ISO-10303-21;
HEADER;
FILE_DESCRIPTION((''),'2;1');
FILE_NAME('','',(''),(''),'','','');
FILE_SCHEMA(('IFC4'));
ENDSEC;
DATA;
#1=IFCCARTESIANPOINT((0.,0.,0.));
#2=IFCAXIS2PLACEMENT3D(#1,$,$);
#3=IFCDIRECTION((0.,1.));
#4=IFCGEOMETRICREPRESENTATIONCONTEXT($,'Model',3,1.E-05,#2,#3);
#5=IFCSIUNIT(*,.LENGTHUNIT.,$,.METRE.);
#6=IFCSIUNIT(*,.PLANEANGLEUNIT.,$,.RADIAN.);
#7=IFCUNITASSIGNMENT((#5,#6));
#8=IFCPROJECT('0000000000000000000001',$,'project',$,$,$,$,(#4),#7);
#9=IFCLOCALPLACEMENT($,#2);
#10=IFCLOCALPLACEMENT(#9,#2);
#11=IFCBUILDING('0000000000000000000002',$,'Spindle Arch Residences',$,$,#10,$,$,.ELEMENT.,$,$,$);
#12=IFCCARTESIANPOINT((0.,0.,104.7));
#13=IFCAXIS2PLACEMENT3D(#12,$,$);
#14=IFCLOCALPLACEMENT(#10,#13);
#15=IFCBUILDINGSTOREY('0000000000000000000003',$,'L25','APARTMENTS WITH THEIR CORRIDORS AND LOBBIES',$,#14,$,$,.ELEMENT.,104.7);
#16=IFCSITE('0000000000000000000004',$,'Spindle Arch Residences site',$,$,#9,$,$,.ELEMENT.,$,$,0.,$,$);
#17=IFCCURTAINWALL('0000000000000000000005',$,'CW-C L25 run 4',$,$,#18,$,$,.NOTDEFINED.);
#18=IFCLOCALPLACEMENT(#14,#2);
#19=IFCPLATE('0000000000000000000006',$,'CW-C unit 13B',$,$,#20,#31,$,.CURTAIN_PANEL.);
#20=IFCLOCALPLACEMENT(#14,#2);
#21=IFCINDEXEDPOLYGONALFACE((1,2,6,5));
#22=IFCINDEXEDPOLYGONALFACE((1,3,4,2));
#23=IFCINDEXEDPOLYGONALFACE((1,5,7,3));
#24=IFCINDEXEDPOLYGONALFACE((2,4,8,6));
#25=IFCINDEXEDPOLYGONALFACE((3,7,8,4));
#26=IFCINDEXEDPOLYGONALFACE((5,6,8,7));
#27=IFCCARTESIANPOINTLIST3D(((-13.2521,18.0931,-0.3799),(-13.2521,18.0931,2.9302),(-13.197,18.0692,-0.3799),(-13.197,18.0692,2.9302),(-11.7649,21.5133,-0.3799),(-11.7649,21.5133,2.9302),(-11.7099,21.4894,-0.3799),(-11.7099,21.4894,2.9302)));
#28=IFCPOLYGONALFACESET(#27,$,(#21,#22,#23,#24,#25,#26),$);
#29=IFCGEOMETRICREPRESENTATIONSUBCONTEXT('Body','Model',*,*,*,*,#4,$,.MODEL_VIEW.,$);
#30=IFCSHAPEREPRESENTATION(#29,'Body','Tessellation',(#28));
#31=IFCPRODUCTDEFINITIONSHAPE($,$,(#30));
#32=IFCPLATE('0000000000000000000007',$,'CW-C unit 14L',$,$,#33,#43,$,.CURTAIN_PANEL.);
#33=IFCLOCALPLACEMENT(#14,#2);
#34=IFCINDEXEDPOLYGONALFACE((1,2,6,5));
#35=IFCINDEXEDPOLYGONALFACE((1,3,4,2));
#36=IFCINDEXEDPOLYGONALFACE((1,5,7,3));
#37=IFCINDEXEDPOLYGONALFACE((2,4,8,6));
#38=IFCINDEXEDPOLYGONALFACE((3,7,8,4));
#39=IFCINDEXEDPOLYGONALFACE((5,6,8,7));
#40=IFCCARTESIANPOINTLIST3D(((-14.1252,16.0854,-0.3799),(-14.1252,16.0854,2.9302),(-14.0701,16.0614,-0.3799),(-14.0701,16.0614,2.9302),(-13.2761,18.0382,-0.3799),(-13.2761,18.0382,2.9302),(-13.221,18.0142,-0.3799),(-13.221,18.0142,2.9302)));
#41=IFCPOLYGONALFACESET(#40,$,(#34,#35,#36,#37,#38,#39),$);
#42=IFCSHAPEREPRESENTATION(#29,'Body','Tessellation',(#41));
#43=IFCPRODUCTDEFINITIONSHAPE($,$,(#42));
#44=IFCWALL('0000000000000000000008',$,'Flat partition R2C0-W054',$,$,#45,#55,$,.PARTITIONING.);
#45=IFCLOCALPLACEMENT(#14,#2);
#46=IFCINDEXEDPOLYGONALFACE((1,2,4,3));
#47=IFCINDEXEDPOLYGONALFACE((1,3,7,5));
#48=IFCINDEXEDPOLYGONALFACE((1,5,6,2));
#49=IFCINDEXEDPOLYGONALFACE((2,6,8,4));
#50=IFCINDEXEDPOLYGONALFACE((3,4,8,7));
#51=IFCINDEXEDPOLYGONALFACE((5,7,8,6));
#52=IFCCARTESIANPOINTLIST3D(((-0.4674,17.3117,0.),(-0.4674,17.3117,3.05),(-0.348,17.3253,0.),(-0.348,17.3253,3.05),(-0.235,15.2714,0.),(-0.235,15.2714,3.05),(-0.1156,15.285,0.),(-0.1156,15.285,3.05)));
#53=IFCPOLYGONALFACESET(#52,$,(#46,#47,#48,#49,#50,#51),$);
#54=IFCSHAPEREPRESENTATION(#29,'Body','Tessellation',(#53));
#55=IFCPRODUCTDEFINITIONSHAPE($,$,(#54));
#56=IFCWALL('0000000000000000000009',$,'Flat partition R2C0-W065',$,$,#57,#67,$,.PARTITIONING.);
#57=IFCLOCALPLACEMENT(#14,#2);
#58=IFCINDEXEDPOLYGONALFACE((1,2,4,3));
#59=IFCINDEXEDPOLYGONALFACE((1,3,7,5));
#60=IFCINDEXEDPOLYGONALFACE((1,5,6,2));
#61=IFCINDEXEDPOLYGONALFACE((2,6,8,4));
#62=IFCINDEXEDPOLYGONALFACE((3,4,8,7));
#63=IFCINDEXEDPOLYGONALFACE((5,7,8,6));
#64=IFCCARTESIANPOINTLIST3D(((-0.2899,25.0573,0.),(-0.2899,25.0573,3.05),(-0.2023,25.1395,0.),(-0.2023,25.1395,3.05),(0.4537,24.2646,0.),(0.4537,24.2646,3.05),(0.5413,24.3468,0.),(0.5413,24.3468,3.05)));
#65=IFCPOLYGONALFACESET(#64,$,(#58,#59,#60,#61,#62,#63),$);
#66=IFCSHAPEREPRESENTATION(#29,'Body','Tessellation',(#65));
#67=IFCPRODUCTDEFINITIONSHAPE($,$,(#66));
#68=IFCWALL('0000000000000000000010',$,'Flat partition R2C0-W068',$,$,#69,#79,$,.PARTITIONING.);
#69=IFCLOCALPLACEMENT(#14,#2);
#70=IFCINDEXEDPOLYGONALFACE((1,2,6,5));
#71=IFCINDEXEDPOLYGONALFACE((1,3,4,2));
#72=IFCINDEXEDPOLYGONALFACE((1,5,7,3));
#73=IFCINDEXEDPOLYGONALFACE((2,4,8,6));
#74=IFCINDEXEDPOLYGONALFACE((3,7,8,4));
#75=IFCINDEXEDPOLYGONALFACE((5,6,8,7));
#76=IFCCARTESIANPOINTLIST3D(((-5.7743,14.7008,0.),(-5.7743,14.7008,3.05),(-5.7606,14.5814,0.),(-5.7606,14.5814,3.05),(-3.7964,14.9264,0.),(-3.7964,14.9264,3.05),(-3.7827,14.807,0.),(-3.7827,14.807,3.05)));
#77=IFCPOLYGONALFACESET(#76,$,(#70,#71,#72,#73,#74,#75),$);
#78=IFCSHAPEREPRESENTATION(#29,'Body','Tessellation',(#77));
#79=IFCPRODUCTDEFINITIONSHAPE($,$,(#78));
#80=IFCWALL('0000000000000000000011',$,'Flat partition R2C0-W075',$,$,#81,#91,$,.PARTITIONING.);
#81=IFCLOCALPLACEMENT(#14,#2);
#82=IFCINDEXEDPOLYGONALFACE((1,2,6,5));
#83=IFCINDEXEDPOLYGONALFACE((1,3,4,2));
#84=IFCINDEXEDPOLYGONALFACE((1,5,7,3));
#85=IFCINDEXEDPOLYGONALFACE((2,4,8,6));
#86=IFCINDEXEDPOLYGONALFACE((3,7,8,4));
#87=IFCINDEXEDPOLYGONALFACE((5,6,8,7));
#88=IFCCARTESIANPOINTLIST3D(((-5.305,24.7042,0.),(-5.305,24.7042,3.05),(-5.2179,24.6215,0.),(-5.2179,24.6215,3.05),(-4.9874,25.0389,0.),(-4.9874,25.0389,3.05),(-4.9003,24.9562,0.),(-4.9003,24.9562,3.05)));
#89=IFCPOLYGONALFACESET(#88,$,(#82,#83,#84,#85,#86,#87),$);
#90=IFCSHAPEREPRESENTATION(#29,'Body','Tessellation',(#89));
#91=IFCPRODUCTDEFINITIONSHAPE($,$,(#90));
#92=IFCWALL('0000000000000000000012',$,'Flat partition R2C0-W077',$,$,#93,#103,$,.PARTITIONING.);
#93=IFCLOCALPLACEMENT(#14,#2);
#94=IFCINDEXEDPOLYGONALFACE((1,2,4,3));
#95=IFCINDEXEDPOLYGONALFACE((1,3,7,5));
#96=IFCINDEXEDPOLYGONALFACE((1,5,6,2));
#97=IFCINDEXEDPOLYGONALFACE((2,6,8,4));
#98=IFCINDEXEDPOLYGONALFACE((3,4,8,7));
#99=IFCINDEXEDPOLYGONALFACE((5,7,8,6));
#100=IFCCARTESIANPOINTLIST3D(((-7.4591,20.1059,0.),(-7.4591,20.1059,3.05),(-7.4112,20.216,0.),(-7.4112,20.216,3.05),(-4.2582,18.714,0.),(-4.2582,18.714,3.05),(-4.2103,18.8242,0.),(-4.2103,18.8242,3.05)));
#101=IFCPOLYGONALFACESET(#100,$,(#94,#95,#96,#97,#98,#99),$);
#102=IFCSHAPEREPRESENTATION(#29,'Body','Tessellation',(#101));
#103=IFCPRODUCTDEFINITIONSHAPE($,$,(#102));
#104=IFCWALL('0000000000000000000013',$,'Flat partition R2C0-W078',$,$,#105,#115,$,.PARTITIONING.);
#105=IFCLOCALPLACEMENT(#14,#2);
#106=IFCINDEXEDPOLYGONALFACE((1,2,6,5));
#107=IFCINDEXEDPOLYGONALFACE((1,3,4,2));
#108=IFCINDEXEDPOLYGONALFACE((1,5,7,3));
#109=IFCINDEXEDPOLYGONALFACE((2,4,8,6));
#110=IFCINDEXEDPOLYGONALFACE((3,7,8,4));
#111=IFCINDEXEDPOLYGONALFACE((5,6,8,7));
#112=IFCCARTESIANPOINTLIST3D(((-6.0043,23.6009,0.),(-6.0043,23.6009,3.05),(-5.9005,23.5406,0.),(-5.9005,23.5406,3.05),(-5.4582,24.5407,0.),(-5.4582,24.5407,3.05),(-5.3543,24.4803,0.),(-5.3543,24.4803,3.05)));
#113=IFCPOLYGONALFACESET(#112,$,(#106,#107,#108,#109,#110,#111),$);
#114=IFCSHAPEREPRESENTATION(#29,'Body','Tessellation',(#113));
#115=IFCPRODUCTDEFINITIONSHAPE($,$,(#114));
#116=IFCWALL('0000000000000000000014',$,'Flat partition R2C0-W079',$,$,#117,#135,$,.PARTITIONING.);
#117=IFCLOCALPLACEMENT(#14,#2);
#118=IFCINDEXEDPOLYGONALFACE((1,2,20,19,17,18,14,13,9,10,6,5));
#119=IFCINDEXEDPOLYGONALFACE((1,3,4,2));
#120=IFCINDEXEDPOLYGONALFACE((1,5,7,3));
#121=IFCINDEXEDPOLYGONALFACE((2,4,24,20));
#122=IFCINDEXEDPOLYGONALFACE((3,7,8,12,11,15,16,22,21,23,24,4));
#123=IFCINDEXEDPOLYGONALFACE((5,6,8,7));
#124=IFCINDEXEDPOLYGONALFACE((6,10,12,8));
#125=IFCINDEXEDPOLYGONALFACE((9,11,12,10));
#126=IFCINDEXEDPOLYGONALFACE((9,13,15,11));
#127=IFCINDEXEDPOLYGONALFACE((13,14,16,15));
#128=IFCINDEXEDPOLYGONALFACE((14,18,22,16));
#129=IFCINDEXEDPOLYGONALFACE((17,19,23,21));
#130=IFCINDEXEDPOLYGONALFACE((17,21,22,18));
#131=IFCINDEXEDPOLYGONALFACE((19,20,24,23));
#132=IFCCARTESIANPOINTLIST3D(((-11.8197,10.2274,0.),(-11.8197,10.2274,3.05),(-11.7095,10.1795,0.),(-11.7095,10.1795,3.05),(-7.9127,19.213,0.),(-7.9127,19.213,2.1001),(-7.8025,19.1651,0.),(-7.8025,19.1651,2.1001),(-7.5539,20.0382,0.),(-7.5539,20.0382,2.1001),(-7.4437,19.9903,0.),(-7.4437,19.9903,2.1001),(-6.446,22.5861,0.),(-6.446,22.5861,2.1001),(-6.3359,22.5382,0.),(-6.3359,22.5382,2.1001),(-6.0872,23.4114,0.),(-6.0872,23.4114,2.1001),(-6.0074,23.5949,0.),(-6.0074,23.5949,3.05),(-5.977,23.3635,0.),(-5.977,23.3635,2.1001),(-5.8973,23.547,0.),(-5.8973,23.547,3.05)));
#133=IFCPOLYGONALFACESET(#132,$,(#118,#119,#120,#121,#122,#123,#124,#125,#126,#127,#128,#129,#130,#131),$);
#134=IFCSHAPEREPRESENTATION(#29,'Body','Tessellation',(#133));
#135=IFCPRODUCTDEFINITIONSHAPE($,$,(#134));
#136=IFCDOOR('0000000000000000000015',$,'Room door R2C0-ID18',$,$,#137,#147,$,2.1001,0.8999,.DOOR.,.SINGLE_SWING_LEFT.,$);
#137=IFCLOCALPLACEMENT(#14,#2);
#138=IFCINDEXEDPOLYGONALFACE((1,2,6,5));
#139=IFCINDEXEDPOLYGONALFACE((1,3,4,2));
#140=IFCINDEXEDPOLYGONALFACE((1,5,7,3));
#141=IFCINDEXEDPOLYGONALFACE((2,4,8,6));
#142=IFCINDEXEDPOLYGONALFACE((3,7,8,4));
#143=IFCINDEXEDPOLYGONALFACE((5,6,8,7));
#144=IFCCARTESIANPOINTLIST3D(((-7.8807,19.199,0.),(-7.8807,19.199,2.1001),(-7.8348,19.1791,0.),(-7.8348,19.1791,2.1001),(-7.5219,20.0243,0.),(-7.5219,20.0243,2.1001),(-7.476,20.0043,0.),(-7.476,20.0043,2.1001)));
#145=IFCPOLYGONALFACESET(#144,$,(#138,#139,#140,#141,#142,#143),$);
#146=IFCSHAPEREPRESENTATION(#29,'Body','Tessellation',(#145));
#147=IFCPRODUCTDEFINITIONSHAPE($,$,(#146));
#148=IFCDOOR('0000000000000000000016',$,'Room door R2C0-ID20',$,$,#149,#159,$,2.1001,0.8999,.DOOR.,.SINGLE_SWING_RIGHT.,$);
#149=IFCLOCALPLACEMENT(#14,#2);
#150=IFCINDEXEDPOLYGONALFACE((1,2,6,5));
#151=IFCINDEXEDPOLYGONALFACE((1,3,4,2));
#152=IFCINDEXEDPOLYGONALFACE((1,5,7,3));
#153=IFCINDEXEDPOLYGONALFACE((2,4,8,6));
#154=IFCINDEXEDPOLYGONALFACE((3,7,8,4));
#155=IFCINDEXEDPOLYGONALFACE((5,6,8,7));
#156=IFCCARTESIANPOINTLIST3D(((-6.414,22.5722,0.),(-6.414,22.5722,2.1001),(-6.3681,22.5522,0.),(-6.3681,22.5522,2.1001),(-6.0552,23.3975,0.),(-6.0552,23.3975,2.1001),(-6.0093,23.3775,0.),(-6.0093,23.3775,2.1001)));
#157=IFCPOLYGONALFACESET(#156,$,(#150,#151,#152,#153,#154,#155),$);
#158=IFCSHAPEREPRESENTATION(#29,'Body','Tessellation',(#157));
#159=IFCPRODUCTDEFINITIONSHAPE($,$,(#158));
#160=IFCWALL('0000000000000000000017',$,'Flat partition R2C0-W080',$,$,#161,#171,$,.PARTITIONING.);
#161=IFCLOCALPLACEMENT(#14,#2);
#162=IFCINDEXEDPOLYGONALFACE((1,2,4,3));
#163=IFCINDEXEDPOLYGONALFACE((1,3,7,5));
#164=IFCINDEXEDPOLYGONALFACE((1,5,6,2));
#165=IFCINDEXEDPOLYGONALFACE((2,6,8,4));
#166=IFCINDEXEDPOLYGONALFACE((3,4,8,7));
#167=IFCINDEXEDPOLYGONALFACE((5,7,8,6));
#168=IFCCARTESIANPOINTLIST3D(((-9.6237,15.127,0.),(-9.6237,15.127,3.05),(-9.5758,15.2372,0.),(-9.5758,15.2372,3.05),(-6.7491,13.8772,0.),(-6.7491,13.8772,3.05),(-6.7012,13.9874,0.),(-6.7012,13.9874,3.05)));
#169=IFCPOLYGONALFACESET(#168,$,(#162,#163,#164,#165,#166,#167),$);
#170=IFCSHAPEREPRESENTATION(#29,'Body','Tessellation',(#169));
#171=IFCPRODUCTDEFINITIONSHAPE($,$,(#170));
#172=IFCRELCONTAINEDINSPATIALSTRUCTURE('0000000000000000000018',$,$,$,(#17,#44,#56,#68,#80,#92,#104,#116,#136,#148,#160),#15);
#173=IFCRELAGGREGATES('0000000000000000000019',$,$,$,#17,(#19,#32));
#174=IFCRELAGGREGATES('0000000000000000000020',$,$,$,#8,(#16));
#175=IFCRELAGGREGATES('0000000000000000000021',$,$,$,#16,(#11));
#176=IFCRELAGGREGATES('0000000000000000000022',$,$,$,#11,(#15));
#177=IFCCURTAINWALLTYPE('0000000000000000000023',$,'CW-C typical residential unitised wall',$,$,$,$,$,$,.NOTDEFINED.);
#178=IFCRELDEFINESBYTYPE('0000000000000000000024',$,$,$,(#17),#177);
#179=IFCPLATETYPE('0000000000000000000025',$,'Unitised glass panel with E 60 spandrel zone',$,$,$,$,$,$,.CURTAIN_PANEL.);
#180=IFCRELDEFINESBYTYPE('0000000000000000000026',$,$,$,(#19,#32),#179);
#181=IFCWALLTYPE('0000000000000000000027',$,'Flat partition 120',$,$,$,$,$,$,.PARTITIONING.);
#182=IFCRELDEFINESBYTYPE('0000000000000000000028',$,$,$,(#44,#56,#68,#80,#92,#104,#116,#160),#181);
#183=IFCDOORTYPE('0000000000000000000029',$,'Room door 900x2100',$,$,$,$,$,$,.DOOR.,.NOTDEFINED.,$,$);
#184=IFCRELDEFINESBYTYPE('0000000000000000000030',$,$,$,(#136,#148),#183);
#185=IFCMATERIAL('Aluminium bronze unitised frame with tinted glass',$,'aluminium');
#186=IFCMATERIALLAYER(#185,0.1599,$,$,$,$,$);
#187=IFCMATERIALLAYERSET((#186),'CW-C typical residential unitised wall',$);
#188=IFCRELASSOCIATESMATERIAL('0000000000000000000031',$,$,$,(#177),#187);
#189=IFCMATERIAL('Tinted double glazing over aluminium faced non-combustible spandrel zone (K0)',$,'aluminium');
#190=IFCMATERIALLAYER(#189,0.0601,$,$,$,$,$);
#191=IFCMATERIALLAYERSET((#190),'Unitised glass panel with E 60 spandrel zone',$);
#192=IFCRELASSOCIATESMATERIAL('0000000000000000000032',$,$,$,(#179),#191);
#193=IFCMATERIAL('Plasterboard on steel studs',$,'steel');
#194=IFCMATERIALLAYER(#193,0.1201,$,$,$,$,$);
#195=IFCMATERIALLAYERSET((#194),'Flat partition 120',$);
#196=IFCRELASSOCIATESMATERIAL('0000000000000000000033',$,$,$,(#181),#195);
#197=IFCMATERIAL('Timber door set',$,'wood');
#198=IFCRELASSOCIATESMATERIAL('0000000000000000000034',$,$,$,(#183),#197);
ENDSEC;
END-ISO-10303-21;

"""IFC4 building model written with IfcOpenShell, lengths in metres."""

from ifc_helpers import new_model, si_unit, direction, frame, frame_2d, origin, origin_2d, place, context, subcontext, project, spatial, rectangle, extrude, material, layer, layer_set, type_object, element, fill, aggregate, save


model = new_model("IFC4")

# Units and contexts
model_context = context("Model", 3, precision=1e-05, world=origin(), true_north=direction((0.0, 1.0)))
body_context = subcontext(model_context, "Body", "Model", "MODEL_VIEW")
ifc_project = project(units=[si_unit("LENGTHUNIT", "METRE"), si_unit("PLANEANGLEUNIT", "RADIAN")], contexts=[model_context])

# Site, building, storey
site_placement = place(None, origin())
site = spatial("IfcSite", under=ifc_project, at=site_placement, Name="Spindle Arch Residences site", CompositionType="ELEMENT", RefElevation=0.0)
building_placement = place(site_placement, origin())
building = spatial("IfcBuilding", under=site, at=building_placement, Name="Spindle Arch Residences", CompositionType="ELEMENT")
storey_placement = place(building_placement, frame((0.0, 0.0, 104.7)))
storey = spatial("IfcBuildingStorey", under=building, at=storey_placement, Name="L25", Description="APARTMENTS WITH THEIR CORRIDORS AND LOBBIES", CompositionType="ELEMENT", Elevation=104.7)

# Curtain wall
ifc_material_1 = material(Name="Aluminium bronze unitised frame with tinted glass", Category="aluminium")
ifc_layer_1 = layer(ifc_material_1, 0.1599)
ifc_layer_set_1 = layer_set([ifc_layer_1], Name="CW-C typical residential unitised wall")
curtain_wall_type_1 = type_object("IfcCurtainWallType", Name="CW-C typical residential unitised wall", PredefinedType="NOTDEFINED", material=ifc_layer_set_1)
curtain_wall_1_placement = place(storey_placement, origin())
curtain_wall_1 = element("IfcCurtainWall", 1, at=curtain_wall_1_placement, inside=storey, type_object=curtain_wall_type_1, Name="CW-C L25 run 4", PredefinedType="NOTDEFINED")

# Shared definitions
ifc_material_2 = material(Name="Tinted double glazing over aluminium faced non-combustible spandrel zone (K0)", Category="aluminium")
ifc_layer_2 = layer(ifc_material_2, 0.0601)
ifc_layer_set_2 = layer_set([ifc_layer_2], Name="Unitised glass panel with E 60 spandrel zone")
plate_type = type_object("IfcPlateType", Name="Unitised glass panel with E 60 spandrel zone", PredefinedType="CURTAIN_PANEL", material=ifc_layer_set_2)

# Plates
plate_1_placement = place(storey_placement, frame((-12.481, 19.7913, -0.3799), z_axis=(0.0, 0.0, 1.0), x_axis=(-0.398749, -0.91706, 0.0)))
plate_1 = element("IfcPlate", 2, at=plate_1_placement, type_object=plate_type, Name="CW-C unit 13B", PredefinedType="CURTAIN_PANEL", context=body_context, shape_type="SweptSolid", body=[
    extrude(rectangle(XDim=3.7295, YDim=0.0601, at=origin_2d()), origin(), (0.0, 0.0, 1.0), 3.3101),
])
plate_2_placement = place(storey_placement, frame((-13.6731, 17.0498, -0.3799), z_axis=(0.0, 0.0, 1.0), x_axis=(-0.398749, -0.91706, 0.0)))
plate_2 = element("IfcPlate", 3, at=plate_2_placement, type_object=plate_type, Name="CW-C unit 14L", PredefinedType="CURTAIN_PANEL", context=body_context, shape_type="SweptSolid", body=[
    extrude(rectangle(XDim=2.1294, YDim=0.0601, at=origin_2d()), origin(), (0.0, 0.0, 1.0), 3.3101),
])
aggregate(curtain_wall_1, [plate_1, plate_2])

# Walls
ifc_material_3 = material(Name="Plasterboard on steel studs", Category="steel")
ifc_layer_3 = layer(ifc_material_3, 0.1201)
ifc_layer_set_3 = layer_set([ifc_layer_3], Name="Flat partition 120")
wall_type_1 = type_object("IfcWallType", Name="Flat partition 120", PredefinedType="PARTITIONING", material=ifc_layer_set_3)
wall_1_placement = place(storey_placement, frame((-0.4077, 17.3186, 0.0), z_axis=(0.0, 0.0, 1.0), x_axis=(0.113184, -0.993574, 0.0)))
element("IfcWall", 4, at=wall_1_placement, inside=storey, type_object=wall_type_1, Name="Flat partition R2C0-W054", PredefinedType="PARTITIONING", context=body_context, shape_type="SweptSolid", body=[
    extrude(rectangle(XDim=2.0535, YDim=0.1201, at=frame_2d((1.0269, 0.0))), origin(), (0.0, 0.0, 1.0), 3.05),
])
wall_2_placement = place(storey_placement, frame((-0.2461, 25.0984, 0.0), z_axis=(0.0, 0.0, 1.0), x_axis=(0.684173, -0.72932, 0.0)))
element("IfcWall", 5, at=wall_2_placement, inside=storey, type_object=wall_type_1, Name="Flat partition R2C0-W065", PredefinedType="PARTITIONING", context=body_context, shape_type="SweptSolid", body=[
    extrude(rectangle(XDim=1.0869, YDim=0.1201, at=frame_2d((0.5435, 0.0))), origin(), (0.0, 0.0, 1.0), 3.05),
])
wall_3_placement = place(storey_placement, frame((-3.7896, 14.8667, 0.0), z_axis=(0.0, 0.0, 1.0), x_axis=(-0.993558, -0.113325, 0.0)))
element("IfcWall", 6, at=wall_3_placement, inside=storey, type_object=wall_type_1, Name="Flat partition R2C0-W068", PredefinedType="PARTITIONING", context=body_context, shape_type="SweptSolid", body=[
    extrude(rectangle(XDim=1.9907, YDim=0.1201, at=frame_2d((0.9954, 0.0))), origin(), (0.0, 0.0, 1.0), 3.05),
])
wall_4_placement = place(storey_placement, frame((-5.2615, 24.6628, 0.0), z_axis=(0.0, 0.0, 1.0), x_axis=(0.688346, 0.725382, 0.0)))
element("IfcWall", 7, at=wall_4_placement, inside=storey, type_object=wall_type_1, Name="Flat partition R2C0-W075", PredefinedType="PARTITIONING", context=body_context, shape_type="SweptSolid", body=[
    extrude(rectangle(XDim=0.4614, YDim=0.1201, at=frame_2d((0.2307, 0.0))), origin(), (0.0, 0.0, 1.0), 3.05),
])
wall_5_placement = place(storey_placement, frame((-7.4351, 20.1609, 0.0), z_axis=(0.0, 0.0, 1.0), x_axis=(0.917056, -0.398759, 0.0)))
element("IfcWall", 8, at=wall_5_placement, inside=storey, type_object=wall_type_1, Name="Flat partition R2C0-W077", PredefinedType="PARTITIONING", context=body_context, shape_type="SweptSolid", body=[
    extrude(rectangle(XDim=3.4905, YDim=0.1201, at=frame_2d((1.7451, 0.0))), origin(), (0.0, 0.0, 1.0), 3.05),
])
wall_6_placement = place(storey_placement, frame((-5.4062, 24.5105, 0.0), z_axis=(0.0, 0.0, 1.0), x_axis=(-0.502488, -0.864584, 0.0)))
element("IfcWall", 9, at=wall_6_placement, inside=storey, type_object=wall_type_1, Name="Flat partition R2C0-W078", PredefinedType="PARTITIONING", context=body_context, shape_type="SweptSolid", body=[
    extrude(rectangle(XDim=1.0869, YDim=0.1201, at=frame_2d((0.5435, 0.0))), origin(), (0.0, 0.0, 1.0), 3.05),
])

# Wall, openings, doors
wall_7_placement = place(storey_placement, frame((-5.9524, 23.5708, 0.0), z_axis=(0.0, 0.0, 1.0), x_axis=(-0.398745, -0.917062, 0.0)))
wall_7 = element("IfcWall", 10, at=wall_7_placement, inside=storey, type_object=wall_type_1, Name="Flat partition R2C0-W079", PredefinedType="PARTITIONING", context=body_context, shape_type="SweptSolid", body=[
    extrude(rectangle(XDim=14.5764, YDim=0.1201, at=frame_2d((7.2881, 0.0))), origin(), (0.0, 0.0, 1.0), 3.05),
])
opening_1_placement = place(wall_7_placement, frame((3.8782, 0.0, 0.0)))
opening_1 = element("IfcOpeningElement", 11, at=opening_1_placement, cuts=wall_7, PredefinedType="OPENING", context=body_context, shape_type="SweptSolid", body=[
    extrude(rectangle(XDim=0.8999, YDim=2.1001, at=frame_2d((0.45, 1.05))), frame((0.0, 0.0701, 0.0), z_axis=(0.0, -1.0, 0.0), x_axis=(1.0, 0.0, 0.0)), (0.0, 0.0, 1.0), 0.1401),
])
opening_2_placement = place(wall_7_placement, frame((0.2, 0.0, 0.0)))
opening_2 = element("IfcOpeningElement", 12, at=opening_2_placement, cuts=wall_7, PredefinedType="OPENING", context=body_context, shape_type="SweptSolid", body=[
    extrude(rectangle(XDim=0.8999, YDim=2.1001, at=frame_2d((0.45, 1.05))), frame((0.0, 0.0701, 0.0), z_axis=(0.0, -1.0, 0.0), x_axis=(1.0, 0.0, 0.0)), (0.0, 0.0, 1.0), 0.1401),
])
ifc_material_4 = material(Name="Timber door set", Category="wood")
door_type_1 = type_object("IfcDoorType", Name="Room door 900x2100", OperationType="NOTDEFINED", PredefinedType="DOOR", material=ifc_material_4)
door_1_placement = place(opening_1_placement, origin())
door_1 = element("IfcDoor", 13, at=door_1_placement, inside=storey, type_object=door_type_1, Name="Room door R2C0-ID18", OperationType="SINGLE_SWING_LEFT", OverallHeight=2.1001, OverallWidth=0.8999, PredefinedType="DOOR", context=body_context, shape_type="SweptSolid", body=[
    extrude(rectangle(XDim=0.8999, YDim=2.1001, at=frame_2d((0.45, 1.05))), frame((0.0, 0.0249, 0.0), z_axis=(0.0, -1.0, 0.0), x_axis=(1.0, 0.0, 0.0)), (0.0, 0.0, 1.0), 0.05),
])
fill(opening_1, door_1)
door_2_placement = place(opening_2_placement, origin())
door_2 = element("IfcDoor", 14, at=door_2_placement, inside=storey, type_object=door_type_1, Name="Room door R2C0-ID20", OperationType="SINGLE_SWING_RIGHT", OverallHeight=2.1001, OverallWidth=0.8999, PredefinedType="DOOR", context=body_context, shape_type="SweptSolid", body=[
    extrude(rectangle(XDim=0.8999, YDim=2.1001, at=frame_2d((0.45, 1.05))), frame((0.0, 0.0249, 0.0), z_axis=(0.0, -1.0, 0.0), x_axis=(1.0, 0.0, 0.0)), (0.0, 0.0, 1.0), 0.05),
])
fill(opening_2, door_2)

# Wall
wall_8_placement = place(storey_placement, frame((-9.5999, 15.1821, 0.0), z_axis=(0.0, 0.0, 1.0), x_axis=(0.917074, -0.398718, 0.0)))
element("IfcWall", 15, at=wall_8_placement, inside=storey, type_object=wall_type_1, Name="Flat partition R2C0-W080", PredefinedType="PARTITIONING", context=body_context, shape_type="SweptSolid", body=[
    extrude(rectangle(XDim=3.1345, YDim=0.1201, at=frame_2d((1.5674, 0.0))), origin(), (0.0, 0.0, 1.0), 3.05),
])

save(model, "model.ifc")
